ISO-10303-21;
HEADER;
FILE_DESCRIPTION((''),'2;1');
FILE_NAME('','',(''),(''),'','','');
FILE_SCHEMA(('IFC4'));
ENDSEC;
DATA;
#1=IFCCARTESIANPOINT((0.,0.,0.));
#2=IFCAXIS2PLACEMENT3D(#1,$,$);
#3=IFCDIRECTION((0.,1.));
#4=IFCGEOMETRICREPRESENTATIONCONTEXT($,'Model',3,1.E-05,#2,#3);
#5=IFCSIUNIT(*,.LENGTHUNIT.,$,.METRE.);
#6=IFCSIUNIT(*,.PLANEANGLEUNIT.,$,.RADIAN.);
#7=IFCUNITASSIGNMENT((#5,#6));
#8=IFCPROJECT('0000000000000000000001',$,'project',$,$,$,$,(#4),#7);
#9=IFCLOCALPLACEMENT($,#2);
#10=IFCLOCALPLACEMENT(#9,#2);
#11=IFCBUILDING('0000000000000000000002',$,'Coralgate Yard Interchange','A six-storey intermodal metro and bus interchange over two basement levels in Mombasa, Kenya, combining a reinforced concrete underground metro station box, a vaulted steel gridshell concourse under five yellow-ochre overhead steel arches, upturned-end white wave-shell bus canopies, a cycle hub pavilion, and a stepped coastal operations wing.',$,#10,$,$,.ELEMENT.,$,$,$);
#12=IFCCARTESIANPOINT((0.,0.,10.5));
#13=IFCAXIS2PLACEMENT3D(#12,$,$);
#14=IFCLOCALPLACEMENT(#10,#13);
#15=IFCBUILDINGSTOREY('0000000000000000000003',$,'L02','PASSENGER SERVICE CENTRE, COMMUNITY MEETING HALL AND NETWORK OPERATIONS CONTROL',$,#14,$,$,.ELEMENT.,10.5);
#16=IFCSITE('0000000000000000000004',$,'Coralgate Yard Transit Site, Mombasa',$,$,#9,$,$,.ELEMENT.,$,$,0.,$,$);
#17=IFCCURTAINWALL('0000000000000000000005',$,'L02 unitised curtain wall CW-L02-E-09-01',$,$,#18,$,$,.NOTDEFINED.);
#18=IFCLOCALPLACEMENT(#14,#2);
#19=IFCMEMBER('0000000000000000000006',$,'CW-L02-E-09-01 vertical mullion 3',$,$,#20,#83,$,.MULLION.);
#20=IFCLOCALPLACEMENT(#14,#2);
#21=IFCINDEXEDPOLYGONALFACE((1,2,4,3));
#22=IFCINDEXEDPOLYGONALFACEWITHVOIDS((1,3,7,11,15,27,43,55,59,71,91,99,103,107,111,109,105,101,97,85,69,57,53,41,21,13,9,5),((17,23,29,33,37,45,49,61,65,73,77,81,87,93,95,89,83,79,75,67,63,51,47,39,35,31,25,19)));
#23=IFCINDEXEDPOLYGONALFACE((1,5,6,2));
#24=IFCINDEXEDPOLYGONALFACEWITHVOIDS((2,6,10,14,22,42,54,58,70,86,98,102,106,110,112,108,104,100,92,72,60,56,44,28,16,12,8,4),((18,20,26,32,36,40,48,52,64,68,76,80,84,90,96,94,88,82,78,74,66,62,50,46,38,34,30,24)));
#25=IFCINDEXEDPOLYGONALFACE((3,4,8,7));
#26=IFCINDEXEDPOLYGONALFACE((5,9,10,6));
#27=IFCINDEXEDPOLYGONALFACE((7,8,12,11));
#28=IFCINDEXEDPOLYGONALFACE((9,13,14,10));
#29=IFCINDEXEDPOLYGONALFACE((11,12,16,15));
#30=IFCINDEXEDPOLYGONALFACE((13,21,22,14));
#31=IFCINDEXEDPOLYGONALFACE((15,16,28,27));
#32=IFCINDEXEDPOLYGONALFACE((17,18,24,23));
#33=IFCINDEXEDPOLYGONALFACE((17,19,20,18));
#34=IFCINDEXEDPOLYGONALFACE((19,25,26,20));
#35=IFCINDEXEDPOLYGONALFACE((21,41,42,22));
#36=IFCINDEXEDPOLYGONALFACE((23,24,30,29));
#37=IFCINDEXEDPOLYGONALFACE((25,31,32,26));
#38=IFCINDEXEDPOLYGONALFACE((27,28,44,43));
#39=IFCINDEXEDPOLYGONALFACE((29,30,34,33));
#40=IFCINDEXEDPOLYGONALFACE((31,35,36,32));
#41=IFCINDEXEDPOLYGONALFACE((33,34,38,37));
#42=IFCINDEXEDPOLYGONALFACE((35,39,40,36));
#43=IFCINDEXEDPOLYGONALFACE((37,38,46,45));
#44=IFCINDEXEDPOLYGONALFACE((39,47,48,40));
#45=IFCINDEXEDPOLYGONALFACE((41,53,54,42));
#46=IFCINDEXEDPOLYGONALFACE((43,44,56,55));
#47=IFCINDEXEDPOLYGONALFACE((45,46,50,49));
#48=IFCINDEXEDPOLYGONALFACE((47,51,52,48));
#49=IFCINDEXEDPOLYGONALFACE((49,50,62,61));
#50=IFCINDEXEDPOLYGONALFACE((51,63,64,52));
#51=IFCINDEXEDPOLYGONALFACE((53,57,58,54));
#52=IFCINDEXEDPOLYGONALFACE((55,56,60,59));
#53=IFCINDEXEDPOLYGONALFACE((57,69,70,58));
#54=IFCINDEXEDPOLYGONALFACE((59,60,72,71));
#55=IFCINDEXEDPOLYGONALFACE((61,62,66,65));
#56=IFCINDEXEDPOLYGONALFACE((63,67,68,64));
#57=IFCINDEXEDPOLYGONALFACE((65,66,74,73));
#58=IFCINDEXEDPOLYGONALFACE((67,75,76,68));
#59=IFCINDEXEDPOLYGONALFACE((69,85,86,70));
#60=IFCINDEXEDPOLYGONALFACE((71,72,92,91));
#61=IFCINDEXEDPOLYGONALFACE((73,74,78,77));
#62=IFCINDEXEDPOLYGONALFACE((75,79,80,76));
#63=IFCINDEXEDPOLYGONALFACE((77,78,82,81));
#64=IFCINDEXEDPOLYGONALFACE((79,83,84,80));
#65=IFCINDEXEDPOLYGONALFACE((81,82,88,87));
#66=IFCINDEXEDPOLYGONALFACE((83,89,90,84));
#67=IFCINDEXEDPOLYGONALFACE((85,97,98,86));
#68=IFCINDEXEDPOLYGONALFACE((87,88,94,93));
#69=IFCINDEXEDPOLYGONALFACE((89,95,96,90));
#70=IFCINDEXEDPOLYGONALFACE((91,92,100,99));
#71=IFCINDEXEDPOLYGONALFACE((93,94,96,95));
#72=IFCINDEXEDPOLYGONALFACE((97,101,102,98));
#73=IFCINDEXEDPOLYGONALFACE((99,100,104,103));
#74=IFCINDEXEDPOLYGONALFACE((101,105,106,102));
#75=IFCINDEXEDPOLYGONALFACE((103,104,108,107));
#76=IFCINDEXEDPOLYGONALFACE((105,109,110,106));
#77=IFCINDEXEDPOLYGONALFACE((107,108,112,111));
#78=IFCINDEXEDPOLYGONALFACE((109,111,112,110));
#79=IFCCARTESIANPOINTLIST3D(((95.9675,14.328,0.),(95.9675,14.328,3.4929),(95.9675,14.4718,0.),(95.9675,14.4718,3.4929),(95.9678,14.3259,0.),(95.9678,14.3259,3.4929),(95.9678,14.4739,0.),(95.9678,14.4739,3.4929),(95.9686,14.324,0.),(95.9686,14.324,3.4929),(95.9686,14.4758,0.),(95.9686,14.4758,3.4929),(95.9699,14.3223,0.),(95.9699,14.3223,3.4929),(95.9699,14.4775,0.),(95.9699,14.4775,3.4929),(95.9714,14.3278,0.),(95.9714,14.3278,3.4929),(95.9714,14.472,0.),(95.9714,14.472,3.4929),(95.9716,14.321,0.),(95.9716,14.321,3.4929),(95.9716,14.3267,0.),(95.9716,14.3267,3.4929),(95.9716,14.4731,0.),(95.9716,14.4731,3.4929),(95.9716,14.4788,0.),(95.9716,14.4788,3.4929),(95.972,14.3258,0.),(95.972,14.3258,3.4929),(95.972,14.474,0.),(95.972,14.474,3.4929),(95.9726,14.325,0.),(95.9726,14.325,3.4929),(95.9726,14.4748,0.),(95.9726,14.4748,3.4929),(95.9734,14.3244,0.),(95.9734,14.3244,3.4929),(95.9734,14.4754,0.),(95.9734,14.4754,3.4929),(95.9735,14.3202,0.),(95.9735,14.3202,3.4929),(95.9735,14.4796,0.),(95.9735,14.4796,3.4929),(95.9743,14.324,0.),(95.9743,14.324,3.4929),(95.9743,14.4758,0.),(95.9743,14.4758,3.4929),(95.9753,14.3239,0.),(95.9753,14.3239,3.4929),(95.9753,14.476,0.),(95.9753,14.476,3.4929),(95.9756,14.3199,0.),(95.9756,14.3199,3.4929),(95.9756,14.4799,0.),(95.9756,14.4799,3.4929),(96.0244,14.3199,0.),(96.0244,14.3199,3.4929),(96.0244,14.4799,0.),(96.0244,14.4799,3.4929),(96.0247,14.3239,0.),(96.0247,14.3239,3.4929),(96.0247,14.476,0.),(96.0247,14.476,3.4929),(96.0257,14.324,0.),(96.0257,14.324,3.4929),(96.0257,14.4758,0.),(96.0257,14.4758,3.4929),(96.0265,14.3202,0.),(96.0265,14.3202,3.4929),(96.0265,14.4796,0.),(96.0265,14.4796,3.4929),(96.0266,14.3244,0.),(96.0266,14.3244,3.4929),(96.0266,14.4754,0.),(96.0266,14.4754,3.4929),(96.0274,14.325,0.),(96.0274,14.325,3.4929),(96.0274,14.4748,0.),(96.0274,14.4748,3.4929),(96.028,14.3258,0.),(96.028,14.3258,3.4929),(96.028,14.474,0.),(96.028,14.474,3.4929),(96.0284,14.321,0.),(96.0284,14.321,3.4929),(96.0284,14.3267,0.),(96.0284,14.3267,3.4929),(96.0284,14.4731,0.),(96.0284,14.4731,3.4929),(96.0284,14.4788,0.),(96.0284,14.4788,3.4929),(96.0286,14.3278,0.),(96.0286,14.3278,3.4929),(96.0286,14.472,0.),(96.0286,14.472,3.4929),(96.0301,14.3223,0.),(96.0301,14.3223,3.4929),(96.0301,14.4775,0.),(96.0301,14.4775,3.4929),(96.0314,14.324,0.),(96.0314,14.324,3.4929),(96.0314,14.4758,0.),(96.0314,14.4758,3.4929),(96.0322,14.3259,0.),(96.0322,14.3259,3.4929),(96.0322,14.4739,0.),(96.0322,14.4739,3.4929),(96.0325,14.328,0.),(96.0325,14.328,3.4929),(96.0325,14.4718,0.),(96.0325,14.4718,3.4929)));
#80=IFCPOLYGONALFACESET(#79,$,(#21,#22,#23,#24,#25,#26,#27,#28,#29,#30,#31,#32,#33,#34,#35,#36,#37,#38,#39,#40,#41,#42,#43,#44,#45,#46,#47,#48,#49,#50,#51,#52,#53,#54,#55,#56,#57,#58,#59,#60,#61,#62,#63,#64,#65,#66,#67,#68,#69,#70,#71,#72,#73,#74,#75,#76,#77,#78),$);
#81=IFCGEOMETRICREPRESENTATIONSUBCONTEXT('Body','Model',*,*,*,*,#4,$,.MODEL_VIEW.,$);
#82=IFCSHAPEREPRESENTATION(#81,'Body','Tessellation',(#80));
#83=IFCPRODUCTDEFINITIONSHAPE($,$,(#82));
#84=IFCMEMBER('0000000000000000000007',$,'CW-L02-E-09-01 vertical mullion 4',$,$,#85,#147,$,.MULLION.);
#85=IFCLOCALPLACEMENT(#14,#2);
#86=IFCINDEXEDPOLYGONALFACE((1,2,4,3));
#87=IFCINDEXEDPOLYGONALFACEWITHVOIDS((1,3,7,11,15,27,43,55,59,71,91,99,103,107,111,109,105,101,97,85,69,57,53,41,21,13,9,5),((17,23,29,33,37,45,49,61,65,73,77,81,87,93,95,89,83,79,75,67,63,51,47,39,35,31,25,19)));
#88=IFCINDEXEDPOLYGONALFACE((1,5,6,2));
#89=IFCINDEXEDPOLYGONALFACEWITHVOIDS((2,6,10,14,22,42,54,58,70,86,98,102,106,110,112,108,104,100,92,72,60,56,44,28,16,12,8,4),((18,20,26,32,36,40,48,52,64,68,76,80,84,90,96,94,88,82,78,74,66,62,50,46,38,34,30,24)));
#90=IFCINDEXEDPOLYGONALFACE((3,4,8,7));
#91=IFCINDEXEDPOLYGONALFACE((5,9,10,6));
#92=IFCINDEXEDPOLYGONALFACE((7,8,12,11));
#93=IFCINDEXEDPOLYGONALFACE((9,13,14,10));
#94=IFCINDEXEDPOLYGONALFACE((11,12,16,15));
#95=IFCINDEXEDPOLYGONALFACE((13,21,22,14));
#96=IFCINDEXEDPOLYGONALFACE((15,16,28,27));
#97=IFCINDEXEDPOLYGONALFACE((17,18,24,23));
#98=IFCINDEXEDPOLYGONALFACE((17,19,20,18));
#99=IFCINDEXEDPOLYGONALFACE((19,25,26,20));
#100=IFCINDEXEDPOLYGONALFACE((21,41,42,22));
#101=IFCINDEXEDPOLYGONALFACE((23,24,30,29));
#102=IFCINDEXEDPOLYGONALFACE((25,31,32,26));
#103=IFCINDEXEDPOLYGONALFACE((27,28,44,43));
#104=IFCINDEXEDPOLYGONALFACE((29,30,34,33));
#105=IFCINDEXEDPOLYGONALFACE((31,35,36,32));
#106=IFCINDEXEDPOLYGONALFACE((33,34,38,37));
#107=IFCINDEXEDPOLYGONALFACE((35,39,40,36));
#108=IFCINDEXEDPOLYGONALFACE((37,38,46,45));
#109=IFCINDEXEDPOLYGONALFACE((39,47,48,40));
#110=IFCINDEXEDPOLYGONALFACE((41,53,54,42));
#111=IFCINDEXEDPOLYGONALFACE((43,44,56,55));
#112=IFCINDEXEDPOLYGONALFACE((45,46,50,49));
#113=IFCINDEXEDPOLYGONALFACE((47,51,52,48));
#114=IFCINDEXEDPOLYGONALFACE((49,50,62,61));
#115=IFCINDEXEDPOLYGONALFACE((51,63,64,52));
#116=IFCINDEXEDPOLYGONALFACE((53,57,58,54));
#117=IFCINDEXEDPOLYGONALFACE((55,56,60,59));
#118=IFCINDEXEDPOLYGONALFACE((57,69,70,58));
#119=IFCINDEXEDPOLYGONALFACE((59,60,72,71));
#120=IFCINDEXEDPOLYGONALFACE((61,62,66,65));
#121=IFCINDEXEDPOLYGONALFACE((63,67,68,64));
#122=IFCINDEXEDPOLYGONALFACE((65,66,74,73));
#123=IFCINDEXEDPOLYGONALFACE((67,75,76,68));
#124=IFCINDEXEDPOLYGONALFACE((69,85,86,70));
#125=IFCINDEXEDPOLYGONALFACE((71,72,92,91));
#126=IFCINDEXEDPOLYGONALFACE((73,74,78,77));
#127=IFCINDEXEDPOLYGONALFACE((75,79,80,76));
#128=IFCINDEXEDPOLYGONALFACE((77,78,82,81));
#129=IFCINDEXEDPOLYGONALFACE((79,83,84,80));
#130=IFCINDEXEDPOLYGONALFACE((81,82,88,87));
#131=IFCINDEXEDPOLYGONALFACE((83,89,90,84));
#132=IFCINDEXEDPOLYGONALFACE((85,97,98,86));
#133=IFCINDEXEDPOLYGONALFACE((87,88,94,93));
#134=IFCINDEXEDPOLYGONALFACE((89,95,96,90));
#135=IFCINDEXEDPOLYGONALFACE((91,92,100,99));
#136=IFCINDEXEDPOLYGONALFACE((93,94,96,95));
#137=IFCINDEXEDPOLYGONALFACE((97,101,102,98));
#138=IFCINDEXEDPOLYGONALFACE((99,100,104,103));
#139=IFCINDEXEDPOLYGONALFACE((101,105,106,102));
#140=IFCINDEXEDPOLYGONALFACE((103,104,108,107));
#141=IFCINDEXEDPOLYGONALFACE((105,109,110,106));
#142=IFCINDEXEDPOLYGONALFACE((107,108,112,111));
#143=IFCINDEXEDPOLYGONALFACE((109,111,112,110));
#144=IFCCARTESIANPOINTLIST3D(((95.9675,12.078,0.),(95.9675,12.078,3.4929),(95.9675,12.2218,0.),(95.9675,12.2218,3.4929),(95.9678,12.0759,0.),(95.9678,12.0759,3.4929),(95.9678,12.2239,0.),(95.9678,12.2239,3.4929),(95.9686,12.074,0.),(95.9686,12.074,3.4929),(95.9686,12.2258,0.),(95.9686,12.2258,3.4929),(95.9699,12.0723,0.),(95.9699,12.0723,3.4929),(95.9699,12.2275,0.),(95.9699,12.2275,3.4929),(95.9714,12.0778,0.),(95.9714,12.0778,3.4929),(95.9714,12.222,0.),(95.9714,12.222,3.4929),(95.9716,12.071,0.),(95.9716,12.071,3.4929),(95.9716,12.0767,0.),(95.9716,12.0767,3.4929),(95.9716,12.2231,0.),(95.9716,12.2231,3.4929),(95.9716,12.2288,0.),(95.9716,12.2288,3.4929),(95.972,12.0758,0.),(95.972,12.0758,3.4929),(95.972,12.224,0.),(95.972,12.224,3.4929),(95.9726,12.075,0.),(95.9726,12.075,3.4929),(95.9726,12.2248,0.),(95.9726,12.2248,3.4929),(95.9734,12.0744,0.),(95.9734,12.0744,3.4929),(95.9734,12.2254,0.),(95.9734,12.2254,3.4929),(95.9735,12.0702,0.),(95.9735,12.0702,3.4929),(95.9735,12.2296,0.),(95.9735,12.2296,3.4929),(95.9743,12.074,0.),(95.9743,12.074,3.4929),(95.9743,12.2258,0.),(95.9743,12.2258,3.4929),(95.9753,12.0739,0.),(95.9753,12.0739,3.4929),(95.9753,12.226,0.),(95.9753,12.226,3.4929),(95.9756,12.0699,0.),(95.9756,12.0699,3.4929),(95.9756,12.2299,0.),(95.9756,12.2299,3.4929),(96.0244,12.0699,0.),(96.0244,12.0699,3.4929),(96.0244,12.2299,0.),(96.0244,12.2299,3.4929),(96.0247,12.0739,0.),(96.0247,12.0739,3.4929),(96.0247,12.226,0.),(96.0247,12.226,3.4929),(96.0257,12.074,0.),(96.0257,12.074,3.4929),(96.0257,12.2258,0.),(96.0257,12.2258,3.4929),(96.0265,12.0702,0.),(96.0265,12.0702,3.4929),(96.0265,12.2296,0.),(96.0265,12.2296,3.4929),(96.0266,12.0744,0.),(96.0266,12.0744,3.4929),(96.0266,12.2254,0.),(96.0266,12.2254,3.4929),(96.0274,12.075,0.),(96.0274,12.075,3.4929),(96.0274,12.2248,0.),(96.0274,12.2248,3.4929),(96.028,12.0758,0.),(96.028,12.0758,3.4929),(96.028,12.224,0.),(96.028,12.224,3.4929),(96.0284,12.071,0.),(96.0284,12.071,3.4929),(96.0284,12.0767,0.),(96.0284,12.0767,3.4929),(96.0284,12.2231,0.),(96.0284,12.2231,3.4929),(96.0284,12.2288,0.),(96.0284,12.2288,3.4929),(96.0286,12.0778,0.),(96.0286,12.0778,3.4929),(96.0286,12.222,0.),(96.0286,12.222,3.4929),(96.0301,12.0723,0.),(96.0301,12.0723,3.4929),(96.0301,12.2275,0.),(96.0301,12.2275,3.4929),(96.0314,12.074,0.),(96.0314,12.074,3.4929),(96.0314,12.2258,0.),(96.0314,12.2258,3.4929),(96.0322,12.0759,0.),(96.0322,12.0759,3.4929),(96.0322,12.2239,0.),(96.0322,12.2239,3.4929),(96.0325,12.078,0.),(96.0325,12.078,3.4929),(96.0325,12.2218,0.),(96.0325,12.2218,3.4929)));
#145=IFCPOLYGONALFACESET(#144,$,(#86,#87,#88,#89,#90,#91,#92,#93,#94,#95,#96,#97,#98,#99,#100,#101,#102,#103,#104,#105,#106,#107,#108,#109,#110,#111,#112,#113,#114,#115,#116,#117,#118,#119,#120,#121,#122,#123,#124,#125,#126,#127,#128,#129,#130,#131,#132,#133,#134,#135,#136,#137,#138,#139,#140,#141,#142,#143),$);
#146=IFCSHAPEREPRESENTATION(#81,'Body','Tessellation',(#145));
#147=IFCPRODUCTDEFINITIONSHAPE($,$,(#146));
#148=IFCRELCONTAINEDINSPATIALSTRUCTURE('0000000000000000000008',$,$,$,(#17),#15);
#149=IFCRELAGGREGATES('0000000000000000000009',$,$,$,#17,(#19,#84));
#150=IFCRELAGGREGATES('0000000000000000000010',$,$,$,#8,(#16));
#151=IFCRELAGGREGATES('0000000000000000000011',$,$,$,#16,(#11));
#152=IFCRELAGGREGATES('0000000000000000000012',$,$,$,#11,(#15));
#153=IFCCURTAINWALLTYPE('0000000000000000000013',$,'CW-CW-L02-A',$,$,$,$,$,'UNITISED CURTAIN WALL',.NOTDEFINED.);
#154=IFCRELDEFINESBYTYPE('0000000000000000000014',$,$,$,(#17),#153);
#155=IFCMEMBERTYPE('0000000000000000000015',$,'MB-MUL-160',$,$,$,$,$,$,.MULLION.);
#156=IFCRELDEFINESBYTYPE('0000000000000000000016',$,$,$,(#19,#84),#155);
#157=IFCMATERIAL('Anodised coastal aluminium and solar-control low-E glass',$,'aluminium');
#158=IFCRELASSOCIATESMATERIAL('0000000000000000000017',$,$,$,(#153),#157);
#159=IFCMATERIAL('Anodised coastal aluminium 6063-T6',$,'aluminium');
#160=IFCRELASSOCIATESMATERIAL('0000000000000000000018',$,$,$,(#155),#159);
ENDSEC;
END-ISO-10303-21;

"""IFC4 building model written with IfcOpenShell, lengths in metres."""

from ifc_helpers import new_model, si_unit, direction, frame, origin, origin_2d, place, context, subcontext, project, spatial, hollow_rectangle, extrude, material, material_profile, profile_set, type_object, element, aggregate, save


model = new_model("IFC4")

# Units and contexts
model_context = context("Model", 3, precision=1e-05, world=origin(), true_north=direction((0.0, 1.0)))
body_context = subcontext(model_context, "Body", "Model", "MODEL_VIEW")
ifc_project = project(units=[si_unit("LENGTHUNIT", "METRE"), si_unit("PLANEANGLEUNIT", "RADIAN")], contexts=[model_context])

# Site, building, storey
site_placement = place(None, origin())
site = spatial("IfcSite", under=ifc_project, at=site_placement, Name="Coralgate Yard Transit Site, Mombasa", CompositionType="ELEMENT", RefElevation=0.0)
building_placement = place(site_placement, origin())
building = spatial("IfcBuilding", under=site, at=building_placement, Name="Coralgate Yard Interchange", Description="A six-storey intermodal metro and bus interchange over two basement levels in Mombasa, Kenya, combining a reinforced concrete underground metro station box, a vaulted steel gridshell concourse under five yellow-ochre overhead steel arches, upturned-end white wave-shell bus canopies, a cycle hub pavilion, and a stepped coastal operations wing.", CompositionType="ELEMENT")
storey_placement = place(building_placement, frame((0.0, 0.0, 10.5)))
storey = spatial("IfcBuildingStorey", under=building, at=storey_placement, Name="L02", Description="PASSENGER SERVICE CENTRE, COMMUNITY MEETING HALL AND NETWORK OPERATIONS CONTROL", CompositionType="ELEMENT", Elevation=10.5)

# Shared definitions
ifc_material_1 = material(Name="Anodised coastal aluminium and solar-control low-E glass", Category="aluminium")
curtain_wall_type = type_object("IfcCurtainWallType", Name="CW-CW-L02-A", ElementType="UNITISED CURTAIN WALL", PredefinedType="NOTDEFINED", material=ifc_material_1)
ifc_material_2 = material(Name="Anodised coastal aluminium 6063-T6", Category="aluminium")
ifc_material_profile_1 = material_profile(ifc_material_2, hollow_rectangle(XDim=0.0649, YDim=0.1599, WallThickness=0.0039, InnerFilletRadius=0.0039, OuterFilletRadius=0.0081, at=origin_2d()), Name="ALU 65x160x4")
ifc_profile_set_1 = profile_set([ifc_material_profile_1], Name="Anodised coastal aluminium 6063-T6")
member_type_1 = type_object("IfcMemberType", Name="MB-MUL-160", PredefinedType="MULLION", material=ifc_profile_set_1)

# Curtain wall, members
curtain_wall_1_placement = place(storey_placement, origin())
curtain_wall_1 = element("IfcCurtainWall", 1, at=curtain_wall_1_placement, inside=storey, type_object=curtain_wall_type, Name="L02 unitised curtain wall CW-L02-E-09-01", PredefinedType="NOTDEFINED")
member_1_placement = place(storey_placement, frame((96.0, 14.3999, 0.0), z_axis=(0.0, 0.0, 1.0), x_axis=(1.0, 0.0, 0.0)))
member_1 = element("IfcMember", 2, at=member_1_placement, type_object=member_type_1, Name="CW-L02-E-09-01 vertical mullion 3", PredefinedType="MULLION", context=body_context, shape_type="SweptSolid", body=[
    extrude(hollow_rectangle(XDim=0.0649, YDim=0.1599, WallThickness=0.0039, InnerFilletRadius=0.0039, OuterFilletRadius=0.0081, at=origin_2d()), origin(), (0.0, 0.0, 1.0), 3.4929),
])
member_2_placement = place(storey_placement, frame((96.0, 12.1499, 0.0), z_axis=(0.0, 0.0, 1.0), x_axis=(1.0, 0.0, 0.0)))
member_2 = element("IfcMember", 3, at=member_2_placement, type_object=member_type_1, Name="CW-L02-E-09-01 vertical mullion 4", PredefinedType="MULLION", context=body_context, shape_type="SweptSolid", body=[
    extrude(hollow_rectangle(XDim=0.0649, YDim=0.1599, WallThickness=0.0039, InnerFilletRadius=0.0039, OuterFilletRadius=0.0081, at=origin_2d()), origin(), (0.0, 0.0, 1.0), 3.4929),
])

aggregate(curtain_wall_1, [member_1, member_2])

save(model, "model.ifc")
